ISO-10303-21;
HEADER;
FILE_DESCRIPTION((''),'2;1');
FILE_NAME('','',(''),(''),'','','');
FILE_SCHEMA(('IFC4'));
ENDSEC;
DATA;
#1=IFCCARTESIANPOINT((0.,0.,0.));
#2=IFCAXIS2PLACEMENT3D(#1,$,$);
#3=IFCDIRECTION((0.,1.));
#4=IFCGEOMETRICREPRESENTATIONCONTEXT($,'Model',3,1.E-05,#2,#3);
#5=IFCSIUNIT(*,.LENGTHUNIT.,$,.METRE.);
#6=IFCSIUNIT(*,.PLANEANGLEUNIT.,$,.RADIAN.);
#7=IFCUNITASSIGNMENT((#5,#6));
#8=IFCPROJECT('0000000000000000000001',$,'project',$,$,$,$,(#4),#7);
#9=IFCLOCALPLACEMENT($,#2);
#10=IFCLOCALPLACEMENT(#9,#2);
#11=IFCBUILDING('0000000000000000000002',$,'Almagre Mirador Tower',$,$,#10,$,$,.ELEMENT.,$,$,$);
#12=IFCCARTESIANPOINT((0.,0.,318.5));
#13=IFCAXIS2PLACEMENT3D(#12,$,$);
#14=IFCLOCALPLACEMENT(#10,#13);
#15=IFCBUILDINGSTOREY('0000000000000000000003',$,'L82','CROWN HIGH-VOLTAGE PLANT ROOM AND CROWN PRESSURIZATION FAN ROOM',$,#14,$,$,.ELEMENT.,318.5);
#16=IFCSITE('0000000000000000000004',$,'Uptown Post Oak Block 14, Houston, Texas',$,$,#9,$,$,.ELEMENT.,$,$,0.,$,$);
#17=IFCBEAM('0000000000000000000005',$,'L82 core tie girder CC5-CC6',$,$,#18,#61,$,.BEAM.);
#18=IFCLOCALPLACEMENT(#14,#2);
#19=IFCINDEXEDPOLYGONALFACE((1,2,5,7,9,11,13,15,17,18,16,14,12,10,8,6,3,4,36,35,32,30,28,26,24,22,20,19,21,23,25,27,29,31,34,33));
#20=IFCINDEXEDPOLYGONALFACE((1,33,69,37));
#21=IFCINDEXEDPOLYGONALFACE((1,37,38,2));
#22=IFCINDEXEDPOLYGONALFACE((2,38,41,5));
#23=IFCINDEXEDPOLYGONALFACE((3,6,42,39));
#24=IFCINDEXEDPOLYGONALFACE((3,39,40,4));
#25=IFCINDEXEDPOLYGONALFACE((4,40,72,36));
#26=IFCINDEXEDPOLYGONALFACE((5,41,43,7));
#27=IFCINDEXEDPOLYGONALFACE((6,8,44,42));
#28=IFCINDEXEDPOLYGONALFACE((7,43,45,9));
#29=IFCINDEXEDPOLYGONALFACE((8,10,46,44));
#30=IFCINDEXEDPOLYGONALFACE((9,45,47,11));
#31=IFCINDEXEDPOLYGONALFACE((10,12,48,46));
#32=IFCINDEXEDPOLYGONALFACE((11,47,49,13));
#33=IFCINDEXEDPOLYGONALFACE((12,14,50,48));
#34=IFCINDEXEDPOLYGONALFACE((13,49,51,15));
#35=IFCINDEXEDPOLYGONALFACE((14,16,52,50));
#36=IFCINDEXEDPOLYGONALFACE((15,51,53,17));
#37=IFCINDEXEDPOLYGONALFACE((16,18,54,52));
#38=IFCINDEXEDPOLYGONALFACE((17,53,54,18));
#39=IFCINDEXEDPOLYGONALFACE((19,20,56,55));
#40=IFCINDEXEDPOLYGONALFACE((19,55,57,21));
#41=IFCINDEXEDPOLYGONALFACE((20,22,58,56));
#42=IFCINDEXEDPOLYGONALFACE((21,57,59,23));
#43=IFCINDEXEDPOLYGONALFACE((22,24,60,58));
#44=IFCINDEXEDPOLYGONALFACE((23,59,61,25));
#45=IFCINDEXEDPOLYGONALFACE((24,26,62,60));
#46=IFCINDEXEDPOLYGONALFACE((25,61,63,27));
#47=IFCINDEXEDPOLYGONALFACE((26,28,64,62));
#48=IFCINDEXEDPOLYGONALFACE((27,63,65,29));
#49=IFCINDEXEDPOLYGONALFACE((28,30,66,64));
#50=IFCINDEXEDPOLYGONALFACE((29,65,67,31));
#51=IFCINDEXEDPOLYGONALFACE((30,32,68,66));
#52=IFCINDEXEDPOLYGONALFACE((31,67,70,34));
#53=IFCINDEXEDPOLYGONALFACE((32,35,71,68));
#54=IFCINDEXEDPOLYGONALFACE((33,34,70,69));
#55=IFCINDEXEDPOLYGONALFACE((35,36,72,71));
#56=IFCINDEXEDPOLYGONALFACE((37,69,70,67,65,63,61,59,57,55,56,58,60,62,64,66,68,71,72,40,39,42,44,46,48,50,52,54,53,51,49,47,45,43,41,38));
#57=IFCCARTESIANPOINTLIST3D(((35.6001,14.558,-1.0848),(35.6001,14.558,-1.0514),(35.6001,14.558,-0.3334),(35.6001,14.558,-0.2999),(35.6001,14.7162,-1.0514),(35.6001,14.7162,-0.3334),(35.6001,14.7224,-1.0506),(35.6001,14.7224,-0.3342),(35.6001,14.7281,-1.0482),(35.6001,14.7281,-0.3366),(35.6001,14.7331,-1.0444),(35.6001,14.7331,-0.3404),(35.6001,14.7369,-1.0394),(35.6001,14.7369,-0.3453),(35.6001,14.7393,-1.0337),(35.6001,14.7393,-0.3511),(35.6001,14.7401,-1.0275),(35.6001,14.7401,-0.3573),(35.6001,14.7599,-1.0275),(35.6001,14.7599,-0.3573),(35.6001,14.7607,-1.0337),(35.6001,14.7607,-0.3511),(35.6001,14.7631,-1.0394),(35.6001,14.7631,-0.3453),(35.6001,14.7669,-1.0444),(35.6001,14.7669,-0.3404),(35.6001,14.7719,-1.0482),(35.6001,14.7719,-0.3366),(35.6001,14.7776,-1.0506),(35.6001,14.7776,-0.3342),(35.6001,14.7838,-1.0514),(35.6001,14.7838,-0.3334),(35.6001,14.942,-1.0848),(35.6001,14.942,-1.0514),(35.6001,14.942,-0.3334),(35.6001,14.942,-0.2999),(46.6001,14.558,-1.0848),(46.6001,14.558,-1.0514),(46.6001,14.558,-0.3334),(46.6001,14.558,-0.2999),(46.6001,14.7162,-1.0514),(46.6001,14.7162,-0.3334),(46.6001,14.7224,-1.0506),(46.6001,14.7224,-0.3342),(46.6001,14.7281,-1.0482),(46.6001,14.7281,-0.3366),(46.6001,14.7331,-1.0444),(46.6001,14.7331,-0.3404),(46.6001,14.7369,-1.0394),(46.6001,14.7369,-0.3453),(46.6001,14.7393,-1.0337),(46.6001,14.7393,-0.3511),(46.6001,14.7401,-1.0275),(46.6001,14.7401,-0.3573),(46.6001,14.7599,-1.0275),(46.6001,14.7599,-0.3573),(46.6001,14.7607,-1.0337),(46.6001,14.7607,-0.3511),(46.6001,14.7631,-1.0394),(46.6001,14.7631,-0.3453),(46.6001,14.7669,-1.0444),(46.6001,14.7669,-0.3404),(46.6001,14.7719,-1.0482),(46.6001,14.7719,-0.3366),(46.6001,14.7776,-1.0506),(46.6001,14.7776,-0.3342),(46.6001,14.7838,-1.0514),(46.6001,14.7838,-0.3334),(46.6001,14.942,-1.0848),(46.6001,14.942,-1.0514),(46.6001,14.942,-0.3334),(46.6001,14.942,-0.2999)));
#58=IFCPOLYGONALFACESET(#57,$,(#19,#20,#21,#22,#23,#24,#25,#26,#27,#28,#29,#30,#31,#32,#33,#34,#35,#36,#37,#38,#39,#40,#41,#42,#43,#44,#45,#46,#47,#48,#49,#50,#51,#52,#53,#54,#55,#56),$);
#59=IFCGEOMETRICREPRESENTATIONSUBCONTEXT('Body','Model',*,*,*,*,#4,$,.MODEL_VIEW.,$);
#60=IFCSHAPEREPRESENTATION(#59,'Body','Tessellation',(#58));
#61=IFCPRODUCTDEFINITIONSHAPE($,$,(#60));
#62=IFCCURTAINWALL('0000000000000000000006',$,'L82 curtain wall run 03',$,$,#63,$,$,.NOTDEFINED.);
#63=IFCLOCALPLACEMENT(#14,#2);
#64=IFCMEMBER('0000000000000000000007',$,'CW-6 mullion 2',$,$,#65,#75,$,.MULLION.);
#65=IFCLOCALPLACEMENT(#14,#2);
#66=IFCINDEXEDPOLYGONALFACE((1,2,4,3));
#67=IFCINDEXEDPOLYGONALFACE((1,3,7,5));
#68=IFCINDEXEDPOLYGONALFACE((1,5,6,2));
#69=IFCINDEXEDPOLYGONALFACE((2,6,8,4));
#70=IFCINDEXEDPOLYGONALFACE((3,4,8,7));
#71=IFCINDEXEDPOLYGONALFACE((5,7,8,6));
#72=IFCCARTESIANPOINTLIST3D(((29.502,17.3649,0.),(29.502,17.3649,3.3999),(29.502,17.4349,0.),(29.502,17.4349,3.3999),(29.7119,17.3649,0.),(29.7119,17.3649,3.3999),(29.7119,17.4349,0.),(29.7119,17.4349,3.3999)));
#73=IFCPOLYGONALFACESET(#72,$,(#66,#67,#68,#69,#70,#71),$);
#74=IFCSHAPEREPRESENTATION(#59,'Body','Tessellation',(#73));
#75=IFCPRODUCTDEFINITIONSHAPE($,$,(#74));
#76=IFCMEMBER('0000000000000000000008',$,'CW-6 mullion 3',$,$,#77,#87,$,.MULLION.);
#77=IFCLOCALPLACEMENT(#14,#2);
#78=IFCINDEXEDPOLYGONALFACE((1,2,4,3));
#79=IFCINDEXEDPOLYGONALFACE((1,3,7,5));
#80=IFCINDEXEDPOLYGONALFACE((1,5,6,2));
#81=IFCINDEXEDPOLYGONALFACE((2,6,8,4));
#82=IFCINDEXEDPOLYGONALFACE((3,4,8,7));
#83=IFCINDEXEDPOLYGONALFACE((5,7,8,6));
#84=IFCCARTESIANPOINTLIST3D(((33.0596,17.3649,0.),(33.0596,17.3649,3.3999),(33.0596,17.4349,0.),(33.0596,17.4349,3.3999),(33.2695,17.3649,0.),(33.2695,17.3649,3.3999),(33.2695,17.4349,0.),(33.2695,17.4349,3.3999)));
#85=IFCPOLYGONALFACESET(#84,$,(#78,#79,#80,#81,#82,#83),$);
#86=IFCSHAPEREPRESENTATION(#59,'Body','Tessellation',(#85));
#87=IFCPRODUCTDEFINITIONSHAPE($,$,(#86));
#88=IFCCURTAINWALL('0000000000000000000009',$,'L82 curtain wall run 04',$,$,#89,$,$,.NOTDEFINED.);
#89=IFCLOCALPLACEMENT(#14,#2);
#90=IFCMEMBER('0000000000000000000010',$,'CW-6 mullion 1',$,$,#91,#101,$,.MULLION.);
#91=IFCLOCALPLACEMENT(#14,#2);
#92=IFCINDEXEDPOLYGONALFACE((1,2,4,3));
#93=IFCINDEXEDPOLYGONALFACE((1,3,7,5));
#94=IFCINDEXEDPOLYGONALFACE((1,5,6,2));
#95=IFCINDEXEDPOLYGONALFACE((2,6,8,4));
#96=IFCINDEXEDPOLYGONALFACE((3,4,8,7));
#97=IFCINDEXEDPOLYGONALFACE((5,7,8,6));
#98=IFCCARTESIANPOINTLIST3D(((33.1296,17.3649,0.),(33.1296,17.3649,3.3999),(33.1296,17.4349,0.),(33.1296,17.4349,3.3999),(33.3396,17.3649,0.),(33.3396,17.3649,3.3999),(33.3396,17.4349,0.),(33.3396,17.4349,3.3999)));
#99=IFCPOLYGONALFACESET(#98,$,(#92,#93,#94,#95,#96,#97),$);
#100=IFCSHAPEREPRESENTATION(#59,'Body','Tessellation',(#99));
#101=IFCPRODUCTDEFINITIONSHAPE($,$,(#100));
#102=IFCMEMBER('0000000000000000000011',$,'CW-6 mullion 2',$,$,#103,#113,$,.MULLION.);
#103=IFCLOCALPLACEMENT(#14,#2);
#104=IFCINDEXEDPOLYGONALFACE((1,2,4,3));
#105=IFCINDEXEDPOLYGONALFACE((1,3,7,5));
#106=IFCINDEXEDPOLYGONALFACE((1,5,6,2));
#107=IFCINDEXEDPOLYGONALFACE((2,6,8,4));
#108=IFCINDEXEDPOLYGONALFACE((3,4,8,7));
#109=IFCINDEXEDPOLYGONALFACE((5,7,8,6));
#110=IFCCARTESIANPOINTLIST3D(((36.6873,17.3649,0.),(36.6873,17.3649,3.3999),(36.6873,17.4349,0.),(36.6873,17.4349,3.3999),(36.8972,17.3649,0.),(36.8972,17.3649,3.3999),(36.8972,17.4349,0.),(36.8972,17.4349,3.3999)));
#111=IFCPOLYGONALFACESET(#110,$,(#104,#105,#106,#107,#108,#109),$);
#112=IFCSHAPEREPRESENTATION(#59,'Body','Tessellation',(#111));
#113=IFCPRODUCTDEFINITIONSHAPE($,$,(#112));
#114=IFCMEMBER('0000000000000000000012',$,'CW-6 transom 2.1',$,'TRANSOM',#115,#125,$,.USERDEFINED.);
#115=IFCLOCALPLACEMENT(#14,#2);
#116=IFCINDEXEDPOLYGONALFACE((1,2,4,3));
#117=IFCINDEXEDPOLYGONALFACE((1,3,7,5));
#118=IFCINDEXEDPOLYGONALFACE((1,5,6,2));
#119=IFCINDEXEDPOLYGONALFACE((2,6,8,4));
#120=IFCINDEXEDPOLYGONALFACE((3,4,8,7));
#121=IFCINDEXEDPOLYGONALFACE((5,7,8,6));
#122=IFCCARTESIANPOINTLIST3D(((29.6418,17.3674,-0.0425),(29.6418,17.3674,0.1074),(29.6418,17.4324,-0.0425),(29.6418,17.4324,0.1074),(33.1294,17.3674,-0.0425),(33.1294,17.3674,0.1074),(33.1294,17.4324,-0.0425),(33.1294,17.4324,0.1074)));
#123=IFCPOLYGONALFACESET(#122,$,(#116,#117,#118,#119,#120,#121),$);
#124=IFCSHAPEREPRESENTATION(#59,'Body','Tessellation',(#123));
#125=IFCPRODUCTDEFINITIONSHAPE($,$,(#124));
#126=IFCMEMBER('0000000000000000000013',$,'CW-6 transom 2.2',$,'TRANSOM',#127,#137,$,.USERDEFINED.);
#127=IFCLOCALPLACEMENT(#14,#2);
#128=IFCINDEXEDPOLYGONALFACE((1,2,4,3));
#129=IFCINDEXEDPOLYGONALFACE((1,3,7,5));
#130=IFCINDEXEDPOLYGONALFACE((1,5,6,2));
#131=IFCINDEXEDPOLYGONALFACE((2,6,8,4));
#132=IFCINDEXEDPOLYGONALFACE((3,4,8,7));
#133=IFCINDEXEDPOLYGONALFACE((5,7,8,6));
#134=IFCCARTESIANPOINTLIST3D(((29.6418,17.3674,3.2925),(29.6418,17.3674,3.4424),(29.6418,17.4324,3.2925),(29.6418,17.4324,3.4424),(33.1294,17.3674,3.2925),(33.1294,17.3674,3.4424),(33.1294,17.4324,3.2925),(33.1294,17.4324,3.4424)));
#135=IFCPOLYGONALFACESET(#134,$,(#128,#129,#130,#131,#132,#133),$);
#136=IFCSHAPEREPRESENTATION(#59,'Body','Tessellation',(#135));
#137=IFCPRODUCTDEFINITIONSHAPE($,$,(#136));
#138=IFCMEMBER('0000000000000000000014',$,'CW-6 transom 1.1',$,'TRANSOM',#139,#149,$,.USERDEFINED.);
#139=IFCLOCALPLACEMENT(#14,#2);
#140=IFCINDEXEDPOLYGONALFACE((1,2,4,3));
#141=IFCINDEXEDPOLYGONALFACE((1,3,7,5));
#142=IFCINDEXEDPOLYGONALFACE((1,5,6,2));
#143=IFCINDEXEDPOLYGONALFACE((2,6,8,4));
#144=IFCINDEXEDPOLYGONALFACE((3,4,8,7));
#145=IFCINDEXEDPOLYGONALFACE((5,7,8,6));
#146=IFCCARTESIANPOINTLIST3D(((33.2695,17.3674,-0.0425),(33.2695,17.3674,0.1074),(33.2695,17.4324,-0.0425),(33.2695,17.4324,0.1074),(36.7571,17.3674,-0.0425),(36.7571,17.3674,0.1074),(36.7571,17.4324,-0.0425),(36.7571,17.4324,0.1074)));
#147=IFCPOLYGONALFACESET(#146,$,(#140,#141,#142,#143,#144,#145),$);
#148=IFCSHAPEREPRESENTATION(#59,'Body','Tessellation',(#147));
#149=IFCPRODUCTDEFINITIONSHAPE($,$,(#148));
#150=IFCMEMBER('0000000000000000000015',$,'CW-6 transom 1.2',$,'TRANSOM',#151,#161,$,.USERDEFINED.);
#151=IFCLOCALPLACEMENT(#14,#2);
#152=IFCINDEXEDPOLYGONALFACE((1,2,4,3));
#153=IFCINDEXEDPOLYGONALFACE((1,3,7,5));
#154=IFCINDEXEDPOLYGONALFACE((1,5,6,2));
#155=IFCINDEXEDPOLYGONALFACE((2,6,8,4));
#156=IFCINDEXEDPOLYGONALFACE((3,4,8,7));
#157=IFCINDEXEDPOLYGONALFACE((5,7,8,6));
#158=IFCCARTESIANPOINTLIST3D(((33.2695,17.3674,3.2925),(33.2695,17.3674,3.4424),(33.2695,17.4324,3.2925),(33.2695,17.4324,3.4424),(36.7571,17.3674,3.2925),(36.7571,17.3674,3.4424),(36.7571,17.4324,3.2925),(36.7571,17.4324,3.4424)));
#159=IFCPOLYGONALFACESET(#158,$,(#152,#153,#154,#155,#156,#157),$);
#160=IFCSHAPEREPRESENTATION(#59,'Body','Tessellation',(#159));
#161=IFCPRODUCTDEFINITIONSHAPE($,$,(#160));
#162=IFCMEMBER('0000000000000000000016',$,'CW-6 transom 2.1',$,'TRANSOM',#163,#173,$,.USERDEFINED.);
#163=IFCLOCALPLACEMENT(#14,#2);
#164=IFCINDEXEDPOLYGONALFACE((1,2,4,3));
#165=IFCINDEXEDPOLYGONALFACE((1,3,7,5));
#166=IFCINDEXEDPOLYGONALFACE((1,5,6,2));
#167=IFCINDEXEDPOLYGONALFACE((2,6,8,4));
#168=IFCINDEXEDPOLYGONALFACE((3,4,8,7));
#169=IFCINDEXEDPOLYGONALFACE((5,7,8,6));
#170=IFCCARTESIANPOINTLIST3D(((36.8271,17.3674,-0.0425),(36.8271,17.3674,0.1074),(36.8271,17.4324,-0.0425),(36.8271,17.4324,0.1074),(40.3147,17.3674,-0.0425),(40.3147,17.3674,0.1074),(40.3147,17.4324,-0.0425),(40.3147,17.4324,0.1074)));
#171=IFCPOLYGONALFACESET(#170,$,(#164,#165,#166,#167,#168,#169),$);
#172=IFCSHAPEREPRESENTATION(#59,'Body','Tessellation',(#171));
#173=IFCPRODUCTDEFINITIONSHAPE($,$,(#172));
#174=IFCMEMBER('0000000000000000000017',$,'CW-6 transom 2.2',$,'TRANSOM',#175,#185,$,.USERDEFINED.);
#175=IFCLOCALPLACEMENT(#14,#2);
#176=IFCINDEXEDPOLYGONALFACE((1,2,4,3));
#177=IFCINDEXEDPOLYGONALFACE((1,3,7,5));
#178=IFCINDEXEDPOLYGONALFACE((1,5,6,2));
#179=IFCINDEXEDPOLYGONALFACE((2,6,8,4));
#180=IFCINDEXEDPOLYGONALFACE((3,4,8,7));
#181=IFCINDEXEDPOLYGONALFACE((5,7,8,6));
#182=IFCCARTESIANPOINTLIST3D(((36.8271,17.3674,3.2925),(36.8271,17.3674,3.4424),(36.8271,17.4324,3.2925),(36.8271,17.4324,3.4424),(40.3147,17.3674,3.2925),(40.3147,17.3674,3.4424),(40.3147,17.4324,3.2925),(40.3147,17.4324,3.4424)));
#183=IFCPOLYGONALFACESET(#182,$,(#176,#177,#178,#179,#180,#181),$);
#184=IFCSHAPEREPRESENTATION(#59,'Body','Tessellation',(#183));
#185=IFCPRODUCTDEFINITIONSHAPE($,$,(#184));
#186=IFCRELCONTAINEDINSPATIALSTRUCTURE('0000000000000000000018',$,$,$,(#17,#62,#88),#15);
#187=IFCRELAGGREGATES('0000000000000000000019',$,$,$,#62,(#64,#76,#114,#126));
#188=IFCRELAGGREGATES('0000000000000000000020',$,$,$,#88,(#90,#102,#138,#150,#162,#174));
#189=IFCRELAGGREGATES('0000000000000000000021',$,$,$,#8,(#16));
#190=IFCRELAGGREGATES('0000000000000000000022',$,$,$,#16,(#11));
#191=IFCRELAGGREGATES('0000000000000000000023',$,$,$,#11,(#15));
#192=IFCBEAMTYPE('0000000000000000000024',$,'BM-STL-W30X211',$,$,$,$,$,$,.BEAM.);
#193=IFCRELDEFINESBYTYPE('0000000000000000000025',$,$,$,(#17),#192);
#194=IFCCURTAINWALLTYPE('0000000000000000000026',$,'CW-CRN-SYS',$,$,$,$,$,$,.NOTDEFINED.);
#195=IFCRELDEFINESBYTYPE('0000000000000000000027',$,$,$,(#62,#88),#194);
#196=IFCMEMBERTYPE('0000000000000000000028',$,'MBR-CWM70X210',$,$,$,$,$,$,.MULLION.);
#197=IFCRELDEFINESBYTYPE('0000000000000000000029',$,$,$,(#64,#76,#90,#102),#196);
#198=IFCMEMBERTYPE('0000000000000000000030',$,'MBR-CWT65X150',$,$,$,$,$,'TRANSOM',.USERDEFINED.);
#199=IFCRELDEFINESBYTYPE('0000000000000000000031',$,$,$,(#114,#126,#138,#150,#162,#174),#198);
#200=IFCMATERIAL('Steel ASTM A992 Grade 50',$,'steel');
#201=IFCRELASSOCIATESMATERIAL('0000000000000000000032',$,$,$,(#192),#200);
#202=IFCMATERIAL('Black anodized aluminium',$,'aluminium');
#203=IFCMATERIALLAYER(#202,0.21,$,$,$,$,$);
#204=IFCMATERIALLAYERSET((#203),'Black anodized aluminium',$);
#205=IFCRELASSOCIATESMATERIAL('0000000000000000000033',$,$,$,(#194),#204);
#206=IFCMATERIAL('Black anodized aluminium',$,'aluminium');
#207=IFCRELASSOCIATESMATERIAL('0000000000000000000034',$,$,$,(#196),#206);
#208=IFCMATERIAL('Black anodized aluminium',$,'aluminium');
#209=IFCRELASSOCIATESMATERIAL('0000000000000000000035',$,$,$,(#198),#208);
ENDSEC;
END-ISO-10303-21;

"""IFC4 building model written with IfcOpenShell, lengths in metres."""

from ifc_helpers import new_model, si_unit, direction, frame, origin, origin_2d, place, context, subcontext, project, spatial, rectangle, i_section, extrude, material, layer, layer_set, material_profile, profile_set, type_object, element, aggregate, save


model = new_model("IFC4")

# Units and contexts
model_context = context("Model", 3, precision=1e-05, world=origin(), true_north=direction((0.0, 1.0)))
body_context = subcontext(model_context, "Body", "Model", "MODEL_VIEW")
ifc_project = project(units=[si_unit("LENGTHUNIT", "METRE"), si_unit("PLANEANGLEUNIT", "RADIAN")], contexts=[model_context])

# Site, building, storey
site_placement = place(None, origin())
site = spatial("IfcSite", under=ifc_project, at=site_placement, Name="Uptown Post Oak Block 14, Houston, Texas", CompositionType="ELEMENT", RefElevation=0.0)
building_placement = place(site_placement, origin())
building = spatial("IfcBuilding", under=site, at=building_placement, Name="Almagre Mirador Tower", CompositionType="ELEMENT")
storey_placement = place(building_placement, frame((0.0, 0.0, 318.5)))
storey = spatial("IfcBuildingStorey", under=building, at=storey_placement, Name="L82", Description="CROWN HIGH-VOLTAGE PLANT ROOM AND CROWN PRESSURIZATION FAN ROOM", CompositionType="ELEMENT", Elevation=318.5)

# Beam
ifc_material_1 = material(Name="Steel ASTM A992 Grade 50", Category="steel")
ifc_material_profile_1 = material_profile(ifc_material_1, i_section(OverallWidth=0.384, OverallDepth=0.7849, WebThickness=0.0198, FlangeThickness=0.0334, FilletRadius=0.0239, at=origin_2d()), Name="W30X211")
ifc_profile_set_1 = profile_set([ifc_material_profile_1], Name="Steel ASTM A992 Grade 50")
beam_type_1 = type_object("IfcBeamType", Name="BM-STL-W30X211", PredefinedType="BEAM", material=ifc_profile_set_1)
beam_1_placement = place(storey_placement, frame((35.6001, 14.75, -0.6924), z_axis=(1.0, 0.0, 0.0), x_axis=(0.0, 1.0, 0.0)))
element("IfcBeam", 1, at=beam_1_placement, inside=storey, type_object=beam_type_1, Name="L82 core tie girder CC5-CC6", PredefinedType="BEAM", context=body_context, shape_type="SweptSolid", body=[
    extrude(i_section(OverallWidth=0.384, OverallDepth=0.7849, WebThickness=0.0198, FlangeThickness=0.0334, FilletRadius=0.0239, at=origin_2d()), origin(), (0.0, 0.0, 1.0), 11.0),
])

# Curtain walls, members
ifc_material_2 = material(Name="Black anodized aluminium", Category="aluminium")
ifc_layer_1 = layer(ifc_material_2, 0.21)
ifc_layer_set_1 = layer_set([ifc_layer_1], Name="Black anodized aluminium")
curtain_wall_type = type_object("IfcCurtainWallType", Name="CW-CRN-SYS", PredefinedType="NOTDEFINED", material=ifc_layer_set_1)
curtain_wall_1_placement = place(storey_placement, origin())
curtain_wall_1 = element("IfcCurtainWall", 2, at=curtain_wall_1_placement, inside=storey, type_object=curtain_wall_type, Name="L82 curtain wall run 03", PredefinedType="NOTDEFINED")
ifc_material_3 = material(Name="Black anodized aluminium", Category="aluminium")
ifc_material_profile_2 = material_profile(ifc_material_3, rectangle(XDim=0.0701, YDim=0.21, at=origin_2d()), Name="CWM70X210")
ifc_profile_set_2 = profile_set([ifc_material_profile_2], Name="Black anodized aluminium")
member_type_1 = type_object("IfcMemberType", Name="MBR-CWM70X210", PredefinedType="MULLION", material=ifc_profile_set_2)
member_1_placement = place(storey_placement, frame((29.6069, 17.3999, 0.0), z_axis=(0.0, 0.0, 1.0), x_axis=(0.0, 1.0, 0.0)))
member_1 = element("IfcMember", 3, at=member_1_placement, type_object=member_type_1, Name="CW-6 mullion 2", PredefinedType="MULLION", context=body_context, shape_type="SweptSolid", body=[
    extrude(rectangle(XDim=0.0701, YDim=0.21, at=origin_2d()), origin(), (0.0, 0.0, 1.0), 3.3999),
])
member_2_placement = place(storey_placement, frame((33.1646, 17.3999, 0.0), z_axis=(0.0, 0.0, 1.0), x_axis=(0.0, 1.0, 0.0)))
member_2 = element("IfcMember", 4, at=member_2_placement, type_object=member_type_1, Name="CW-6 mullion 3", PredefinedType="MULLION", context=body_context, shape_type="SweptSolid", body=[
    extrude(rectangle(XDim=0.0701, YDim=0.21, at=origin_2d()), origin(), (0.0, 0.0, 1.0), 3.3999),
])
curtain_wall_2_placement = place(storey_placement, origin())
curtain_wall_2 = element("IfcCurtainWall", 5, at=curtain_wall_2_placement, inside=storey, type_object=curtain_wall_type, Name="L82 curtain wall run 04", PredefinedType="NOTDEFINED")
member_3_placement = place(storey_placement, frame((33.2346, 17.3999, 0.0), z_axis=(0.0, 0.0, 1.0), x_axis=(0.0, 1.0, 0.0)))
member_3 = element("IfcMember", 6, at=member_3_placement, type_object=member_type_1, Name="CW-6 mullion 1", PredefinedType="MULLION", context=body_context, shape_type="SweptSolid", body=[
    extrude(rectangle(XDim=0.0701, YDim=0.21, at=origin_2d()), origin(), (0.0, 0.0, 1.0), 3.3999),
])
member_4_placement = place(storey_placement, frame((36.7922, 17.3999, 0.0), z_axis=(0.0, 0.0, 1.0), x_axis=(0.0, 1.0, 0.0)))
member_4 = element("IfcMember", 7, at=member_4_placement, type_object=member_type_1, Name="CW-6 mullion 2", PredefinedType="MULLION", context=body_context, shape_type="SweptSolid", body=[
    extrude(rectangle(XDim=0.0701, YDim=0.21, at=origin_2d()), origin(), (0.0, 0.0, 1.0), 3.3999),
])

# Members
ifc_material_4 = material(Name="Black anodized aluminium", Category="aluminium")
ifc_material_profile_3 = material_profile(ifc_material_4, rectangle(XDim=0.0649, YDim=0.1499, at=origin_2d()), Name="CWT65X150")
ifc_profile_set_3 = profile_set([ifc_material_profile_3], Name="Black anodized aluminium")
member_type_2 = type_object("IfcMemberType", Name="MBR-CWT65X150", ElementType="TRANSOM", PredefinedType="USERDEFINED", material=ifc_profile_set_3)
member_5_placement = place(storey_placement, frame((29.6418, 17.3999, 0.0325), z_axis=(1.0, 0.0, 0.0), x_axis=(0.0, 1.0, 0.0)))
member_5 = element("IfcMember", 8, at=member_5_placement, type_object=member_type_2, Name="CW-6 transom 2.1", ObjectType="TRANSOM", PredefinedType="USERDEFINED", context=body_context, shape_type="SweptSolid", body=[
    extrude(rectangle(XDim=0.0649, YDim=0.1499, at=origin_2d()), origin(), (0.0, 0.0, 1.0), 3.4875),
])
member_6_placement = place(storey_placement, frame((29.6418, 17.3999, 3.3674), z_axis=(1.0, 0.0, 0.0), x_axis=(0.0, 1.0, 0.0)))
member_6 = element("IfcMember", 9, at=member_6_placement, type_object=member_type_2, Name="CW-6 transom 2.2", ObjectType="TRANSOM", PredefinedType="USERDEFINED", context=body_context, shape_type="SweptSolid", body=[
    extrude(rectangle(XDim=0.0649, YDim=0.1499, at=origin_2d()), origin(), (0.0, 0.0, 1.0), 3.4875),
])
member_7_placement = place(storey_placement, frame((33.2695, 17.3999, 0.0325), z_axis=(1.0, 0.0, 0.0), x_axis=(0.0, 1.0, 0.0)))
member_7 = element("IfcMember", 10, at=member_7_placement, type_object=member_type_2, Name="CW-6 transom 1.1", ObjectType="TRANSOM", PredefinedType="USERDEFINED", context=body_context, shape_type="SweptSolid", body=[
    extrude(rectangle(XDim=0.0649, YDim=0.1499, at=origin_2d()), origin(), (0.0, 0.0, 1.0), 3.4875),
])
member_8_placement = place(storey_placement, frame((33.2695, 17.3999, 3.3674), z_axis=(1.0, 0.0, 0.0), x_axis=(0.0, 1.0, 0.0)))
member_8 = element("IfcMember", 11, at=member_8_placement, type_object=member_type_2, Name="CW-6 transom 1.2", ObjectType="TRANSOM", PredefinedType="USERDEFINED", context=body_context, shape_type="SweptSolid", body=[
    extrude(rectangle(XDim=0.0649, YDim=0.1499, at=origin_2d()), origin(), (0.0, 0.0, 1.0), 3.4875),
])
member_9_placement = place(storey_placement, frame((36.8271, 17.3999, 0.0325), z_axis=(1.0, 0.0, 0.0), x_axis=(0.0, 1.0, 0.0)))
member_9 = element("IfcMember", 12, at=member_9_placement, type_object=member_type_2, Name="CW-6 transom 2.1", ObjectType="TRANSOM", PredefinedType="USERDEFINED", context=body_context, shape_type="SweptSolid", body=[
    extrude(rectangle(XDim=0.0649, YDim=0.1499, at=origin_2d()), origin(), (0.0, 0.0, 1.0), 3.4875),
])
member_10_placement = place(storey_placement, frame((36.8271, 17.3999, 3.3674), z_axis=(1.0, 0.0, 0.0), x_axis=(0.0, 1.0, 0.0)))
member_10 = element("IfcMember", 13, at=member_10_placement, type_object=member_type_2, Name="CW-6 transom 2.2", ObjectType="TRANSOM", PredefinedType="USERDEFINED", context=body_context, shape_type="SweptSolid", body=[
    extrude(rectangle(XDim=0.0649, YDim=0.1499, at=origin_2d()), origin(), (0.0, 0.0, 1.0), 3.4875),
])

aggregate(curtain_wall_1, [member_1, member_2, member_5, member_6])
aggregate(curtain_wall_2, [member_3, member_4, member_7, member_8, member_9, member_10])

save(model, "model.ifc")
